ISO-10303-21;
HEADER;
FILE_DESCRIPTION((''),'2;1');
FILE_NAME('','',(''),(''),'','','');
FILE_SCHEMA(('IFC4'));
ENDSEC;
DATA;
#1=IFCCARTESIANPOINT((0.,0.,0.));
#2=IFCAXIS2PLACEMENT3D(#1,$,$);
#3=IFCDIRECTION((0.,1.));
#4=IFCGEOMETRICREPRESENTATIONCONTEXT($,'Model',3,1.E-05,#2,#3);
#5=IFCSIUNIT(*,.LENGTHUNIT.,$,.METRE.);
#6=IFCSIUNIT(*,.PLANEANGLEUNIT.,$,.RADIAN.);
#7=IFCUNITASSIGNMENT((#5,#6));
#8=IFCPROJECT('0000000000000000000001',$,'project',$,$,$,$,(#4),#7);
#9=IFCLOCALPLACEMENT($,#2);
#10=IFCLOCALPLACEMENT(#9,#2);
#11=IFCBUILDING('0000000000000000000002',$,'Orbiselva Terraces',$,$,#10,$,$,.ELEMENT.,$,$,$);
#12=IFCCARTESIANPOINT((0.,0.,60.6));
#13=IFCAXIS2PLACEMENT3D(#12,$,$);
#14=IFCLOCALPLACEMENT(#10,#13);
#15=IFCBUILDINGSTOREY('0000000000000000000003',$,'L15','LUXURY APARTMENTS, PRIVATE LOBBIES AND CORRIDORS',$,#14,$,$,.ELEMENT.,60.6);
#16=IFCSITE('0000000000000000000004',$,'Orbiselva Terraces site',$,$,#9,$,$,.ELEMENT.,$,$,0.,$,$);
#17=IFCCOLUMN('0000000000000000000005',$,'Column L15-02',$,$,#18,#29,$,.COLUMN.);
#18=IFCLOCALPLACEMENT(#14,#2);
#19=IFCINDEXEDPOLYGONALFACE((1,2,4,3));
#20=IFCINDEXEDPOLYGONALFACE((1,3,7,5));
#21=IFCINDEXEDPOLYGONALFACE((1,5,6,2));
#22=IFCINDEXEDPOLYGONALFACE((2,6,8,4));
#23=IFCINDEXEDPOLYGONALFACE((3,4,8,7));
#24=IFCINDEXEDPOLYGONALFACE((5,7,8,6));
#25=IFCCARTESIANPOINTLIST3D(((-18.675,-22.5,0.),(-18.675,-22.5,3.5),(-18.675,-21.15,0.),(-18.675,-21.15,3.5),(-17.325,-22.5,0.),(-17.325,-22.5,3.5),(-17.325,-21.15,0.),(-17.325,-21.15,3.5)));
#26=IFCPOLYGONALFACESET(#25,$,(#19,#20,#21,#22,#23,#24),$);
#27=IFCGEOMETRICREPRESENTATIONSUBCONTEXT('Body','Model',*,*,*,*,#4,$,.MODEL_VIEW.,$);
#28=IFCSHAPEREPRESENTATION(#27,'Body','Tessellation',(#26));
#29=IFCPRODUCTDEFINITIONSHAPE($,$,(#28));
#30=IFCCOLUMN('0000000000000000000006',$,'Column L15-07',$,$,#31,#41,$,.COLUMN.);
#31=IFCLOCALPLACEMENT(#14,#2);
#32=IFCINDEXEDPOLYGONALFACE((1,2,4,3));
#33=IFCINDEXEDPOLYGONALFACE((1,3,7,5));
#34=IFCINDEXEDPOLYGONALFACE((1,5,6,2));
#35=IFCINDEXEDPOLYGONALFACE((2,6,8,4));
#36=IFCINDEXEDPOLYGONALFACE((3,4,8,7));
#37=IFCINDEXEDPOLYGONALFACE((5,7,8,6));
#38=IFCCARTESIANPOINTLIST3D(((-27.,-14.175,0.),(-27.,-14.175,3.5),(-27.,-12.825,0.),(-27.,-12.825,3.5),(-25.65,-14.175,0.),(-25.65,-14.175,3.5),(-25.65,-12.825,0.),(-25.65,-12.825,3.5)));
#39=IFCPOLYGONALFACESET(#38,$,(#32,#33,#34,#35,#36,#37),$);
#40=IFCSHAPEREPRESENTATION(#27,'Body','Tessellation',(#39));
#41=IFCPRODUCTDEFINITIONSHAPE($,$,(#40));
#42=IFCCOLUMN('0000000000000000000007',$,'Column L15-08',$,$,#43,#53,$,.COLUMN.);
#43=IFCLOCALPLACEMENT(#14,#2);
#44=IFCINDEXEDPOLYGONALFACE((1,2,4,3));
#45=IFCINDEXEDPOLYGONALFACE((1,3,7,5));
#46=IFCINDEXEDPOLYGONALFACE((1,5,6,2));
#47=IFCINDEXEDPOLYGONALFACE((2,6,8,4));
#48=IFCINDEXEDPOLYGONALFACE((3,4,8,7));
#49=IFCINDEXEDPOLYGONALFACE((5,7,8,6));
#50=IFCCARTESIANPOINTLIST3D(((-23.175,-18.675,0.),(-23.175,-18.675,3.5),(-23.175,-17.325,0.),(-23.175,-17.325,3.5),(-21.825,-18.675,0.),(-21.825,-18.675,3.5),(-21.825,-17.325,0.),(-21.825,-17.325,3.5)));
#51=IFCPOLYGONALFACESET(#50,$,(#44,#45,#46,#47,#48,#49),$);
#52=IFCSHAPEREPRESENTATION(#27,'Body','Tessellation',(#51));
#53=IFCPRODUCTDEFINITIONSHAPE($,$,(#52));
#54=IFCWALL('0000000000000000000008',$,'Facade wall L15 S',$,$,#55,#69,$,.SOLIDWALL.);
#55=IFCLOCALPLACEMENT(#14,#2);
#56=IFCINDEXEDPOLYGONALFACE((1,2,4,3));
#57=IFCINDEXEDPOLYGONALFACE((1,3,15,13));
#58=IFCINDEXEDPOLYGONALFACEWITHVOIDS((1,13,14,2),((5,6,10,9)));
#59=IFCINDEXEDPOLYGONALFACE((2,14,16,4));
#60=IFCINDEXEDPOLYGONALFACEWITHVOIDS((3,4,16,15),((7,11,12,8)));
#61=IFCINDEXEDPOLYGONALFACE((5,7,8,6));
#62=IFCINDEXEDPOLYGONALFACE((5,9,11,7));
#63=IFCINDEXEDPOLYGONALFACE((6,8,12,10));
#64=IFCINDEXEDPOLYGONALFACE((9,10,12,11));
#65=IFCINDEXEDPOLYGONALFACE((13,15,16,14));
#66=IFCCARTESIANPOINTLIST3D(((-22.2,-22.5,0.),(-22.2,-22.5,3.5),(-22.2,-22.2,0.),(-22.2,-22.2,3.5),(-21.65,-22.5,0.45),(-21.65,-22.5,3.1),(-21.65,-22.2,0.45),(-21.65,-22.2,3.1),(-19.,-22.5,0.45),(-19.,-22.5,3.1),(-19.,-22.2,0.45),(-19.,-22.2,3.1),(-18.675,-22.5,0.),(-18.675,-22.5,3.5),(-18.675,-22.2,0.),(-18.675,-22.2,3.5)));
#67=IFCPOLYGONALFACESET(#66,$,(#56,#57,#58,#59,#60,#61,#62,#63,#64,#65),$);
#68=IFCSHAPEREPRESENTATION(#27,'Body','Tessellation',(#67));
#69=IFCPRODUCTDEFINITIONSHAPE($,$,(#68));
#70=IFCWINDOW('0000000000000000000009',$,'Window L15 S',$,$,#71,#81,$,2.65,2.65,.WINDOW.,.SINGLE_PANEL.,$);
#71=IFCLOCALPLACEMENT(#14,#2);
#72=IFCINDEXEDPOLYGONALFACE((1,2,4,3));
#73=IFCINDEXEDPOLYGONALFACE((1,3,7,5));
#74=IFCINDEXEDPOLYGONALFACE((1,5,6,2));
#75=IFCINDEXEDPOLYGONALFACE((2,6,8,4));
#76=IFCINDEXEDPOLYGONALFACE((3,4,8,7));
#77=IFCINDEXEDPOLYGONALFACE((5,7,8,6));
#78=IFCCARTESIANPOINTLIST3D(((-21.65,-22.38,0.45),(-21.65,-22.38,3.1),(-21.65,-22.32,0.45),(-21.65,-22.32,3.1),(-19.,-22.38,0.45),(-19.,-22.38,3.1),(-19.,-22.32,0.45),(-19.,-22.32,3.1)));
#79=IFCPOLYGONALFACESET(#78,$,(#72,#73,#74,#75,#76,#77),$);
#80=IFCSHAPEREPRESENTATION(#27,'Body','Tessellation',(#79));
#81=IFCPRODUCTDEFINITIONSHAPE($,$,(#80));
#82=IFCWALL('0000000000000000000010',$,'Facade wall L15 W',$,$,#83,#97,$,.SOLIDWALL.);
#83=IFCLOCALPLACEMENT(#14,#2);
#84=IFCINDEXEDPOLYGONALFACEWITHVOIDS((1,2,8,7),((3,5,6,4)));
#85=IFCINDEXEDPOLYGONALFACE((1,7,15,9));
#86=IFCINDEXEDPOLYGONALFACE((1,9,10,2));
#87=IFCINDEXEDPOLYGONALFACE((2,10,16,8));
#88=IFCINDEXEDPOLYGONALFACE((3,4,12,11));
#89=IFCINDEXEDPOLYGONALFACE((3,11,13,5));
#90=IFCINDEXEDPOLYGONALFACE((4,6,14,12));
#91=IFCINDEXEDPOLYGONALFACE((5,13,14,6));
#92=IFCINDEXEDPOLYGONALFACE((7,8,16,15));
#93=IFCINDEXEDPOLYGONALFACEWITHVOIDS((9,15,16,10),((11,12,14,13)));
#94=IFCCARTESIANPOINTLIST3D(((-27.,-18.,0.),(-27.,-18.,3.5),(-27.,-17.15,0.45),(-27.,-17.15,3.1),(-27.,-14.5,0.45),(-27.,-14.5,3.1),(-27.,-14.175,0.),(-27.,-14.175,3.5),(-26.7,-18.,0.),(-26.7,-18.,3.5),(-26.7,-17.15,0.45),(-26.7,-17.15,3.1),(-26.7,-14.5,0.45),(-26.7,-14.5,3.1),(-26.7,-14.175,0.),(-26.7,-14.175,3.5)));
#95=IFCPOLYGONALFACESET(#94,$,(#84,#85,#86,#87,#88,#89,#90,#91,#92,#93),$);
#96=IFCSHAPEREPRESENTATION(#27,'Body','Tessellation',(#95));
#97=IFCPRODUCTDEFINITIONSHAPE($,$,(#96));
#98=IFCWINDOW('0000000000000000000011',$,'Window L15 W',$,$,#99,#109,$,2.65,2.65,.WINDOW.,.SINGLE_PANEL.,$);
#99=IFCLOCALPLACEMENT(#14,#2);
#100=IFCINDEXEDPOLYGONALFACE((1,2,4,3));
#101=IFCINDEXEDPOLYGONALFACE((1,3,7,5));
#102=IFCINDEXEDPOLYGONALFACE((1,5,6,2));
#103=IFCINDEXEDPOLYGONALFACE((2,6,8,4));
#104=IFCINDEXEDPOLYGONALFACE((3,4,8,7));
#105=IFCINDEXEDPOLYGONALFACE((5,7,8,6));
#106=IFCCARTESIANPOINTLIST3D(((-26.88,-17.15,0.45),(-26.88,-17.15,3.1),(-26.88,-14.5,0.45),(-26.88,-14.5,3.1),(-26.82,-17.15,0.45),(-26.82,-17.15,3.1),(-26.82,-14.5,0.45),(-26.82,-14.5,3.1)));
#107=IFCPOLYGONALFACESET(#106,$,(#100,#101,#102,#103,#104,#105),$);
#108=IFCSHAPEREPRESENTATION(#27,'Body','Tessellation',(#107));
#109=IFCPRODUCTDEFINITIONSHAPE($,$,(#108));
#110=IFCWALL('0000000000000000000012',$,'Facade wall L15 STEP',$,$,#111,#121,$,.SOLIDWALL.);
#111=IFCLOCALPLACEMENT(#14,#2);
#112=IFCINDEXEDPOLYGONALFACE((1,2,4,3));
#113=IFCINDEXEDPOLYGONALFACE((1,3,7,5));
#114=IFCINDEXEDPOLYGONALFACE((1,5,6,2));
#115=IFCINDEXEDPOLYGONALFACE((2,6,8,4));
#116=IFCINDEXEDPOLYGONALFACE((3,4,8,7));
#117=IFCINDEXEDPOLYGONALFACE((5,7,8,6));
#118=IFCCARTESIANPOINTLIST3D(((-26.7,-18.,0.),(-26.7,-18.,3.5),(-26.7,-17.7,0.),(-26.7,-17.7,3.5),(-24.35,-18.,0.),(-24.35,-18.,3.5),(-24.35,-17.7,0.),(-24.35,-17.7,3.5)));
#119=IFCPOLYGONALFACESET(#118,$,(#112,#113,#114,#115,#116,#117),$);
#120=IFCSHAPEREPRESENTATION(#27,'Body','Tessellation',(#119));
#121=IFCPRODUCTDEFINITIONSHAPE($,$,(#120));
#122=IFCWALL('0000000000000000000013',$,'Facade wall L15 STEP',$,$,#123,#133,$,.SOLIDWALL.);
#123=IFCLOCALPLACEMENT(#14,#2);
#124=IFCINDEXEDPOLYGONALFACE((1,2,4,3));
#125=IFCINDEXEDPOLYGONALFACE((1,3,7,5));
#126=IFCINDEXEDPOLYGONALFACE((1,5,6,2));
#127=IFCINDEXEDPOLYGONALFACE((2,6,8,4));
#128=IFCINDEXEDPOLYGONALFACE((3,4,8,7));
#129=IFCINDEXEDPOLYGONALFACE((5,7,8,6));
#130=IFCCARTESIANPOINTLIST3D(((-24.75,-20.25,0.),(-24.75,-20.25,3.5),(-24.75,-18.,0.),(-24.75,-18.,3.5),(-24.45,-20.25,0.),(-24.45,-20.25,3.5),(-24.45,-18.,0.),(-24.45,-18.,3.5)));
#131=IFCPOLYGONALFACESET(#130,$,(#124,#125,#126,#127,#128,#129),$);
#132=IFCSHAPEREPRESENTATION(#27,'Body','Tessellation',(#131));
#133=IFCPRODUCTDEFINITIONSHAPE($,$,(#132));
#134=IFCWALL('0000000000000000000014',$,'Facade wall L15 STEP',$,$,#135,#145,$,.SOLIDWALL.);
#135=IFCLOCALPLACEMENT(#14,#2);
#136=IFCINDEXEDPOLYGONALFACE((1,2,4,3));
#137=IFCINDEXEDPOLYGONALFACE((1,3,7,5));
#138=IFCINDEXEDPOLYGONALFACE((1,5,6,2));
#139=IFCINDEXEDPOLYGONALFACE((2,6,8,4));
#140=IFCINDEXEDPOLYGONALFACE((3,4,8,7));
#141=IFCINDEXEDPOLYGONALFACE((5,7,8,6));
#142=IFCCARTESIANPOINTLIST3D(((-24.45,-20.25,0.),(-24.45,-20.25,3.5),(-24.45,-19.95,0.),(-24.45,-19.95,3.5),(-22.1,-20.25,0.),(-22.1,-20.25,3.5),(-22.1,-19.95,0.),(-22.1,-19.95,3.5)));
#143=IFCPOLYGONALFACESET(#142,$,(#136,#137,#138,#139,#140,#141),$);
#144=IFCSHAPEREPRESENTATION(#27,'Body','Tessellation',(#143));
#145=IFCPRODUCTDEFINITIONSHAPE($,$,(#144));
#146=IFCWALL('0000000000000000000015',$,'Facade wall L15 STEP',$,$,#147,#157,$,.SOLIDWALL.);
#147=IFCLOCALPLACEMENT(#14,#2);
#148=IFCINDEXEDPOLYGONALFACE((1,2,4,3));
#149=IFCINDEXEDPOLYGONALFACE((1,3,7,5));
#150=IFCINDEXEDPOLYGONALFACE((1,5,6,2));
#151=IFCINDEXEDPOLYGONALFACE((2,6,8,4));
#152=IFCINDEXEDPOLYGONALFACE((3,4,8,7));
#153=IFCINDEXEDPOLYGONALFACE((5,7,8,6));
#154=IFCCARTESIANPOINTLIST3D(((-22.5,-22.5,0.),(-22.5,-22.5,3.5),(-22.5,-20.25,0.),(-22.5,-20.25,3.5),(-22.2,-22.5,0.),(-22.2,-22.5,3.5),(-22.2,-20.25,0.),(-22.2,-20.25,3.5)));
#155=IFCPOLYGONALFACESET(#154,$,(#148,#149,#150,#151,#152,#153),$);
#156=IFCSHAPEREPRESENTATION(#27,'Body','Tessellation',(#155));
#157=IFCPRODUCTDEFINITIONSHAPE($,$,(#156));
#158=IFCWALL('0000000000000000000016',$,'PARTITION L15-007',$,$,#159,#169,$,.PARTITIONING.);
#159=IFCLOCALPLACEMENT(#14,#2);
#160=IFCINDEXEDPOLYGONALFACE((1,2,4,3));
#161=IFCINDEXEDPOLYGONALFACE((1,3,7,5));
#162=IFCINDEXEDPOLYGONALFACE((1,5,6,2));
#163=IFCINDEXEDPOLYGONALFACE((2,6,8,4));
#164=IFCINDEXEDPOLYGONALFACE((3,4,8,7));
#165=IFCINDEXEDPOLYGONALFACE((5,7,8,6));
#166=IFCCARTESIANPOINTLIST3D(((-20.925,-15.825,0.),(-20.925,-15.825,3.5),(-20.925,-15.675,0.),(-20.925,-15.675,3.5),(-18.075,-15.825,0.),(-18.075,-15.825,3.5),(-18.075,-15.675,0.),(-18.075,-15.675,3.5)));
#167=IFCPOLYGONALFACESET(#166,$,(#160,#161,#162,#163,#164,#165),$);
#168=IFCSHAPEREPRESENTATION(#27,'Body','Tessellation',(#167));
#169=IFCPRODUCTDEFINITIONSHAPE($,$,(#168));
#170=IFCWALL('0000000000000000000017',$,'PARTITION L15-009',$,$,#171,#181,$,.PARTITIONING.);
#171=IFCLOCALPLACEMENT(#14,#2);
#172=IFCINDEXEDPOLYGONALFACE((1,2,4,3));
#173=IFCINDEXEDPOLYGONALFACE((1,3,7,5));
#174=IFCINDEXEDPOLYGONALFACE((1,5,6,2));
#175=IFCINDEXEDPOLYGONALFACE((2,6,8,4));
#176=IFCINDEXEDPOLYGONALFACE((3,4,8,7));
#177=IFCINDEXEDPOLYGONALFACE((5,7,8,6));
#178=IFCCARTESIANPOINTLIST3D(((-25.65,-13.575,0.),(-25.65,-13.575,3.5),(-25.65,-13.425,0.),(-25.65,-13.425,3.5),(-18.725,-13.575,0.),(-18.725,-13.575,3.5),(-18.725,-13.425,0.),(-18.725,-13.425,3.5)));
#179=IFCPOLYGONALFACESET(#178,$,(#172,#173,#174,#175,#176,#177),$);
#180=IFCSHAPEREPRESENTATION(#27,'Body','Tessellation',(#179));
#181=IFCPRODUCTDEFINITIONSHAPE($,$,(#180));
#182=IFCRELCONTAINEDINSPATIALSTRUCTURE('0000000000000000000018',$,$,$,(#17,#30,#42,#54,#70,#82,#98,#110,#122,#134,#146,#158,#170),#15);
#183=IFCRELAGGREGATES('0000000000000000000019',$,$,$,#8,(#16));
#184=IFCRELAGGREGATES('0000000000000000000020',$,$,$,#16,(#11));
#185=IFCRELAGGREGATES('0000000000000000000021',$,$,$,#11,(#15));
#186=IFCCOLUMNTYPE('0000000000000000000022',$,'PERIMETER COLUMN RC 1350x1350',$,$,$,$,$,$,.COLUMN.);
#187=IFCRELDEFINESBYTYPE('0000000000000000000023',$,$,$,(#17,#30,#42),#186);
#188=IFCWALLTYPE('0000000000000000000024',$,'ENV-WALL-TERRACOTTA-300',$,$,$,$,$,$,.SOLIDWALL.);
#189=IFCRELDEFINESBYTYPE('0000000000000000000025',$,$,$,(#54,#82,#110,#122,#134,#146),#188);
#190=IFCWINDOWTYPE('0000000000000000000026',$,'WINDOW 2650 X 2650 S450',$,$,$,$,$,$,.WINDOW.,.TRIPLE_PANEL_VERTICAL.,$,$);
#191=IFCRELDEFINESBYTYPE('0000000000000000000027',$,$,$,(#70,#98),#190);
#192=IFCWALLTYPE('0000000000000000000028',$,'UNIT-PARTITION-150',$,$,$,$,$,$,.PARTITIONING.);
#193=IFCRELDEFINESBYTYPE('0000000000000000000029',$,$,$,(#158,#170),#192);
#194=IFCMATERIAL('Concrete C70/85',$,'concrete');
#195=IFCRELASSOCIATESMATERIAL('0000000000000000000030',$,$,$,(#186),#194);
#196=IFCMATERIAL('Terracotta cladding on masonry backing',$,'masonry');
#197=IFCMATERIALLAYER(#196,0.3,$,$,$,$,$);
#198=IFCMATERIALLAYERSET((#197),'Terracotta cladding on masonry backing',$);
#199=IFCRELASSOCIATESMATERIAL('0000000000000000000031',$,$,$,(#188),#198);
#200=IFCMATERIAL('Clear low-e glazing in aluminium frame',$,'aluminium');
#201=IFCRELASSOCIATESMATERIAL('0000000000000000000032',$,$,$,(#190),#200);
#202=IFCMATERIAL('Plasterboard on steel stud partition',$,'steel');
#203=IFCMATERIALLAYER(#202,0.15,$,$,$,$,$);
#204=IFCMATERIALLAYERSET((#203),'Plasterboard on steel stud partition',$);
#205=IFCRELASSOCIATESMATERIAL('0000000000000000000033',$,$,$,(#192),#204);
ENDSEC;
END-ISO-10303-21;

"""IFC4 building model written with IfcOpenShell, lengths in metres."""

from ifc_helpers import new_model, si_unit, direction, frame, frame_2d, origin, origin_2d, place, context, subcontext, project, spatial, rectangle, extrude, material, layer, layer_set, material_profile, profile_set, type_object, element, fill, save


model = new_model("IFC4")

# Units and contexts
model_context = context("Model", 3, precision=1e-05, world=origin(), true_north=direction((0.0, 1.0)))
body_context = subcontext(model_context, "Body", "Model", "MODEL_VIEW")
ifc_project = project(units=[si_unit("LENGTHUNIT", "METRE"), si_unit("PLANEANGLEUNIT", "RADIAN")], contexts=[model_context])

# Site, building, storey
site_placement = place(None, origin())
site = spatial("IfcSite", under=ifc_project, at=site_placement, Name="Orbiselva Terraces site", CompositionType="ELEMENT", RefElevation=0.0)
building_placement = place(site_placement, origin())
building = spatial("IfcBuilding", under=site, at=building_placement, Name="Orbiselva Terraces", CompositionType="ELEMENT")
storey_placement = place(building_placement, frame((0.0, 0.0, 60.6)))
storey = spatial("IfcBuildingStorey", under=building, at=storey_placement, Name="L15", Description="LUXURY APARTMENTS, PRIVATE LOBBIES AND CORRIDORS", CompositionType="ELEMENT", Elevation=60.6)

# Columns
ifc_material_1 = material(Name="Concrete C70/85", Category="concrete")
ifc_material_profile = material_profile(ifc_material_1, rectangle(XDim=1.35, YDim=1.35, at=origin_2d()), Name="RC 1350x1350")
ifc_profile_set = profile_set([ifc_material_profile], Name="Concrete C70/85")
column_type = type_object("IfcColumnType", Name="PERIMETER COLUMN RC 1350x1350", PredefinedType="COLUMN", material=ifc_profile_set)
for number, where, z_axis, x_axis, name in (
    (1, (-18.0, -21.825, 0.0), (0.0, 0.0, 1.0), (1.0, 0.0, 0.0), "Column L15-02"),
    (2, (-26.325, -13.5, 0.0), (0.0, 0.0, 1.0), (1.0, 0.0, 0.0), "Column L15-07"),
    (3, (-22.5, -18.0, 0.0), (0.0, 0.0, 1.0), (1.0, 0.0, 0.0), "Column L15-08"),
):
    element("IfcColumn", number, at=place(storey_placement, frame(where, z_axis=z_axis, x_axis=x_axis)), inside=storey, type_object=column_type, Name=name, PredefinedType="COLUMN", context=body_context, shape_type="SweptSolid", body=[
        extrude(rectangle(XDim=1.35, YDim=1.35, at=origin_2d()), origin(), (0.0, 0.0, 1.0), 3.5),
    ])

# Walls, openings, windows
ifc_material_2 = material(Name="Terracotta cladding on masonry backing", Category="masonry")
ifc_layer_1 = layer(ifc_material_2, 0.3)
ifc_layer_set_1 = layer_set([ifc_layer_1], Name="Terracotta cladding on masonry backing")
wall_type_1 = type_object("IfcWallType", Name="ENV-WALL-TERRACOTTA-300", PredefinedType="SOLIDWALL", material=ifc_layer_set_1)
wall_1_placement = place(storey_placement, frame((-18.675, -22.35, 0.0), z_axis=(0.0, 0.0, 1.0), x_axis=(-1.0, 0.0, 0.0)))
wall_1 = element("IfcWall", 4, at=wall_1_placement, inside=storey, type_object=wall_type_1, Name="Facade wall L15 S", PredefinedType="SOLIDWALL", context=body_context, shape_type="SweptSolid", body=[
    extrude(rectangle(XDim=3.525, YDim=0.3, at=frame_2d((1.7625, 0.0))), origin(), (0.0, 0.0, 1.0), 3.5),
])
opening_1_placement = place(wall_1_placement, frame((0.325, 0.0, 0.45)))
opening_1 = element("IfcOpeningElement", 5, at=opening_1_placement, cuts=wall_1, PredefinedType="OPENING", context=body_context, shape_type="SweptSolid", body=[
    extrude(rectangle(XDim=2.65, YDim=2.65, at=frame_2d((1.325, 1.325))), frame((0.0, 0.16, 0.0), z_axis=(0.0, -1.0, 0.0), x_axis=(1.0, 0.0, 0.0)), (0.0, 0.0, 1.0), 0.32),
])
ifc_material_3 = material(Name="Clear low-e glazing in aluminium frame", Category="aluminium")
window_type = type_object("IfcWindowType", Name="WINDOW 2650 X 2650 S450", PartitioningType="TRIPLE_PANEL_VERTICAL", PredefinedType="WINDOW", material=ifc_material_3)
window_1_placement = place(opening_1_placement, origin())
window_1 = element("IfcWindow", 6, at=window_1_placement, inside=storey, type_object=window_type, Name="Window L15 S", OverallHeight=2.65, OverallWidth=2.65, PartitioningType="SINGLE_PANEL", PredefinedType="WINDOW", context=body_context, shape_type="SweptSolid", body=[
    extrude(rectangle(XDim=2.65, YDim=2.65, at=frame_2d((1.325, 1.325))), frame((0.0, 0.03, 0.0), z_axis=(0.0, -1.0, 0.0), x_axis=(1.0, 0.0, 0.0)), (0.0, 0.0, 1.0), 0.06),
])
fill(opening_1, window_1)
wall_2_placement = place(storey_placement, frame((-26.85, -18.0, 0.0), z_axis=(0.0, 0.0, 1.0), x_axis=(0.0, 1.0, 0.0)))
wall_2 = element("IfcWall", 7, at=wall_2_placement, inside=storey, type_object=wall_type_1, Name="Facade wall L15 W", PredefinedType="SOLIDWALL", context=body_context, shape_type="SweptSolid", body=[
    extrude(rectangle(XDim=3.825, YDim=0.3, at=frame_2d((1.9125, 0.0))), origin(), (0.0, 0.0, 1.0), 3.5),
])
opening_2_placement = place(wall_2_placement, frame((0.85, 0.0, 0.45)))
opening_2 = element("IfcOpeningElement", 8, at=opening_2_placement, cuts=wall_2, PredefinedType="OPENING", context=body_context, shape_type="SweptSolid", body=[
    extrude(rectangle(XDim=2.65, YDim=2.65, at=frame_2d((1.325, 1.325))), frame((0.0, 0.16, 0.0), z_axis=(0.0, -1.0, 0.0), x_axis=(1.0, 0.0, 0.0)), (0.0, 0.0, 1.0), 0.32),
])
window_2_placement = place(opening_2_placement, origin())
window_2 = element("IfcWindow", 9, at=window_2_placement, inside=storey, type_object=window_type, Name="Window L15 W", OverallHeight=2.65, OverallWidth=2.65, PartitioningType="SINGLE_PANEL", PredefinedType="WINDOW", context=body_context, shape_type="SweptSolid", body=[
    extrude(rectangle(XDim=2.65, YDim=2.65, at=frame_2d((1.325, 1.325))), frame((0.0, 0.03, 0.0), z_axis=(0.0, -1.0, 0.0), x_axis=(1.0, 0.0, 0.0)), (0.0, 0.0, 1.0), 0.06),
])
fill(opening_2, window_2)

# Walls
wall_3_placement = place(storey_placement, frame((-24.35, -17.85, 0.0), z_axis=(0.0, 0.0, 1.0), x_axis=(-1.0, 0.0, 0.0)))
element("IfcWall", 10, at=wall_3_placement, inside=storey, type_object=wall_type_1, Name="Facade wall L15 STEP", PredefinedType="SOLIDWALL", context=body_context, shape_type="SweptSolid", body=[
    extrude(rectangle(XDim=2.35, YDim=0.3, at=frame_2d((1.175, 0.0))), origin(), (0.0, 0.0, 1.0), 3.5),
])
wall_4_placement = place(storey_placement, frame((-24.6, -20.25, 0.0), z_axis=(0.0, 0.0, 1.0), x_axis=(0.0, 1.0, 0.0)))
element("IfcWall", 11, at=wall_4_placement, inside=storey, type_object=wall_type_1, Name="Facade wall L15 STEP", PredefinedType="SOLIDWALL", context=body_context, shape_type="SweptSolid", body=[
    extrude(rectangle(XDim=2.25, YDim=0.3, at=frame_2d((1.125, 0.0))), origin(), (0.0, 0.0, 1.0), 3.5),
])
wall_5_placement = place(storey_placement, frame((-22.1, -20.1, 0.0), z_axis=(0.0, 0.0, 1.0), x_axis=(-1.0, 0.0, 0.0)))
element("IfcWall", 12, at=wall_5_placement, inside=storey, type_object=wall_type_1, Name="Facade wall L15 STEP", PredefinedType="SOLIDWALL", context=body_context, shape_type="SweptSolid", body=[
    extrude(rectangle(XDim=2.35, YDim=0.3, at=frame_2d((1.175, 0.0))), origin(), (0.0, 0.0, 1.0), 3.5),
])
wall_6_placement = place(storey_placement, frame((-22.35, -22.5, 0.0), z_axis=(0.0, 0.0, 1.0), x_axis=(0.0, 1.0, 0.0)))
element("IfcWall", 13, at=wall_6_placement, inside=storey, type_object=wall_type_1, Name="Facade wall L15 STEP", PredefinedType="SOLIDWALL", context=body_context, shape_type="SweptSolid", body=[
    extrude(rectangle(XDim=2.25, YDim=0.3, at=frame_2d((1.125, 0.0))), origin(), (0.0, 0.0, 1.0), 3.5),
])
ifc_material_4 = material(Name="Plasterboard on steel stud partition", Category="steel")
ifc_layer_2 = layer(ifc_material_4, 0.15)
ifc_layer_set_2 = layer_set([ifc_layer_2], Name="Plasterboard on steel stud partition")
wall_type_2 = type_object("IfcWallType", Name="UNIT-PARTITION-150", PredefinedType="PARTITIONING", material=ifc_layer_set_2)
wall_7_placement = place(storey_placement, frame((-20.925, -15.75, 0.0), z_axis=(0.0, 0.0, 1.0), x_axis=(1.0, 0.0, 0.0)))
element("IfcWall", 14, at=wall_7_placement, inside=storey, type_object=wall_type_2, Name="PARTITION L15-007", PredefinedType="PARTITIONING", context=body_context, shape_type="SweptSolid", body=[
    extrude(rectangle(XDim=2.85, YDim=0.15, at=frame_2d((1.425, 0.0))), origin(), (0.0, 0.0, 1.0), 3.5),
])
wall_8_placement = place(storey_placement, frame((-25.65, -13.5, 0.0), z_axis=(0.0, 0.0, 1.0), x_axis=(1.0, 0.0, 0.0)))
element("IfcWall", 15, at=wall_8_placement, inside=storey, type_object=wall_type_2, Name="PARTITION L15-009", PredefinedType="PARTITIONING", context=body_context, shape_type="SweptSolid", body=[
    extrude(rectangle(XDim=6.925, YDim=0.15, at=frame_2d((3.4625, 0.0))), origin(), (0.0, 0.0, 1.0), 3.5),
])

save(model, "model.ifc")
